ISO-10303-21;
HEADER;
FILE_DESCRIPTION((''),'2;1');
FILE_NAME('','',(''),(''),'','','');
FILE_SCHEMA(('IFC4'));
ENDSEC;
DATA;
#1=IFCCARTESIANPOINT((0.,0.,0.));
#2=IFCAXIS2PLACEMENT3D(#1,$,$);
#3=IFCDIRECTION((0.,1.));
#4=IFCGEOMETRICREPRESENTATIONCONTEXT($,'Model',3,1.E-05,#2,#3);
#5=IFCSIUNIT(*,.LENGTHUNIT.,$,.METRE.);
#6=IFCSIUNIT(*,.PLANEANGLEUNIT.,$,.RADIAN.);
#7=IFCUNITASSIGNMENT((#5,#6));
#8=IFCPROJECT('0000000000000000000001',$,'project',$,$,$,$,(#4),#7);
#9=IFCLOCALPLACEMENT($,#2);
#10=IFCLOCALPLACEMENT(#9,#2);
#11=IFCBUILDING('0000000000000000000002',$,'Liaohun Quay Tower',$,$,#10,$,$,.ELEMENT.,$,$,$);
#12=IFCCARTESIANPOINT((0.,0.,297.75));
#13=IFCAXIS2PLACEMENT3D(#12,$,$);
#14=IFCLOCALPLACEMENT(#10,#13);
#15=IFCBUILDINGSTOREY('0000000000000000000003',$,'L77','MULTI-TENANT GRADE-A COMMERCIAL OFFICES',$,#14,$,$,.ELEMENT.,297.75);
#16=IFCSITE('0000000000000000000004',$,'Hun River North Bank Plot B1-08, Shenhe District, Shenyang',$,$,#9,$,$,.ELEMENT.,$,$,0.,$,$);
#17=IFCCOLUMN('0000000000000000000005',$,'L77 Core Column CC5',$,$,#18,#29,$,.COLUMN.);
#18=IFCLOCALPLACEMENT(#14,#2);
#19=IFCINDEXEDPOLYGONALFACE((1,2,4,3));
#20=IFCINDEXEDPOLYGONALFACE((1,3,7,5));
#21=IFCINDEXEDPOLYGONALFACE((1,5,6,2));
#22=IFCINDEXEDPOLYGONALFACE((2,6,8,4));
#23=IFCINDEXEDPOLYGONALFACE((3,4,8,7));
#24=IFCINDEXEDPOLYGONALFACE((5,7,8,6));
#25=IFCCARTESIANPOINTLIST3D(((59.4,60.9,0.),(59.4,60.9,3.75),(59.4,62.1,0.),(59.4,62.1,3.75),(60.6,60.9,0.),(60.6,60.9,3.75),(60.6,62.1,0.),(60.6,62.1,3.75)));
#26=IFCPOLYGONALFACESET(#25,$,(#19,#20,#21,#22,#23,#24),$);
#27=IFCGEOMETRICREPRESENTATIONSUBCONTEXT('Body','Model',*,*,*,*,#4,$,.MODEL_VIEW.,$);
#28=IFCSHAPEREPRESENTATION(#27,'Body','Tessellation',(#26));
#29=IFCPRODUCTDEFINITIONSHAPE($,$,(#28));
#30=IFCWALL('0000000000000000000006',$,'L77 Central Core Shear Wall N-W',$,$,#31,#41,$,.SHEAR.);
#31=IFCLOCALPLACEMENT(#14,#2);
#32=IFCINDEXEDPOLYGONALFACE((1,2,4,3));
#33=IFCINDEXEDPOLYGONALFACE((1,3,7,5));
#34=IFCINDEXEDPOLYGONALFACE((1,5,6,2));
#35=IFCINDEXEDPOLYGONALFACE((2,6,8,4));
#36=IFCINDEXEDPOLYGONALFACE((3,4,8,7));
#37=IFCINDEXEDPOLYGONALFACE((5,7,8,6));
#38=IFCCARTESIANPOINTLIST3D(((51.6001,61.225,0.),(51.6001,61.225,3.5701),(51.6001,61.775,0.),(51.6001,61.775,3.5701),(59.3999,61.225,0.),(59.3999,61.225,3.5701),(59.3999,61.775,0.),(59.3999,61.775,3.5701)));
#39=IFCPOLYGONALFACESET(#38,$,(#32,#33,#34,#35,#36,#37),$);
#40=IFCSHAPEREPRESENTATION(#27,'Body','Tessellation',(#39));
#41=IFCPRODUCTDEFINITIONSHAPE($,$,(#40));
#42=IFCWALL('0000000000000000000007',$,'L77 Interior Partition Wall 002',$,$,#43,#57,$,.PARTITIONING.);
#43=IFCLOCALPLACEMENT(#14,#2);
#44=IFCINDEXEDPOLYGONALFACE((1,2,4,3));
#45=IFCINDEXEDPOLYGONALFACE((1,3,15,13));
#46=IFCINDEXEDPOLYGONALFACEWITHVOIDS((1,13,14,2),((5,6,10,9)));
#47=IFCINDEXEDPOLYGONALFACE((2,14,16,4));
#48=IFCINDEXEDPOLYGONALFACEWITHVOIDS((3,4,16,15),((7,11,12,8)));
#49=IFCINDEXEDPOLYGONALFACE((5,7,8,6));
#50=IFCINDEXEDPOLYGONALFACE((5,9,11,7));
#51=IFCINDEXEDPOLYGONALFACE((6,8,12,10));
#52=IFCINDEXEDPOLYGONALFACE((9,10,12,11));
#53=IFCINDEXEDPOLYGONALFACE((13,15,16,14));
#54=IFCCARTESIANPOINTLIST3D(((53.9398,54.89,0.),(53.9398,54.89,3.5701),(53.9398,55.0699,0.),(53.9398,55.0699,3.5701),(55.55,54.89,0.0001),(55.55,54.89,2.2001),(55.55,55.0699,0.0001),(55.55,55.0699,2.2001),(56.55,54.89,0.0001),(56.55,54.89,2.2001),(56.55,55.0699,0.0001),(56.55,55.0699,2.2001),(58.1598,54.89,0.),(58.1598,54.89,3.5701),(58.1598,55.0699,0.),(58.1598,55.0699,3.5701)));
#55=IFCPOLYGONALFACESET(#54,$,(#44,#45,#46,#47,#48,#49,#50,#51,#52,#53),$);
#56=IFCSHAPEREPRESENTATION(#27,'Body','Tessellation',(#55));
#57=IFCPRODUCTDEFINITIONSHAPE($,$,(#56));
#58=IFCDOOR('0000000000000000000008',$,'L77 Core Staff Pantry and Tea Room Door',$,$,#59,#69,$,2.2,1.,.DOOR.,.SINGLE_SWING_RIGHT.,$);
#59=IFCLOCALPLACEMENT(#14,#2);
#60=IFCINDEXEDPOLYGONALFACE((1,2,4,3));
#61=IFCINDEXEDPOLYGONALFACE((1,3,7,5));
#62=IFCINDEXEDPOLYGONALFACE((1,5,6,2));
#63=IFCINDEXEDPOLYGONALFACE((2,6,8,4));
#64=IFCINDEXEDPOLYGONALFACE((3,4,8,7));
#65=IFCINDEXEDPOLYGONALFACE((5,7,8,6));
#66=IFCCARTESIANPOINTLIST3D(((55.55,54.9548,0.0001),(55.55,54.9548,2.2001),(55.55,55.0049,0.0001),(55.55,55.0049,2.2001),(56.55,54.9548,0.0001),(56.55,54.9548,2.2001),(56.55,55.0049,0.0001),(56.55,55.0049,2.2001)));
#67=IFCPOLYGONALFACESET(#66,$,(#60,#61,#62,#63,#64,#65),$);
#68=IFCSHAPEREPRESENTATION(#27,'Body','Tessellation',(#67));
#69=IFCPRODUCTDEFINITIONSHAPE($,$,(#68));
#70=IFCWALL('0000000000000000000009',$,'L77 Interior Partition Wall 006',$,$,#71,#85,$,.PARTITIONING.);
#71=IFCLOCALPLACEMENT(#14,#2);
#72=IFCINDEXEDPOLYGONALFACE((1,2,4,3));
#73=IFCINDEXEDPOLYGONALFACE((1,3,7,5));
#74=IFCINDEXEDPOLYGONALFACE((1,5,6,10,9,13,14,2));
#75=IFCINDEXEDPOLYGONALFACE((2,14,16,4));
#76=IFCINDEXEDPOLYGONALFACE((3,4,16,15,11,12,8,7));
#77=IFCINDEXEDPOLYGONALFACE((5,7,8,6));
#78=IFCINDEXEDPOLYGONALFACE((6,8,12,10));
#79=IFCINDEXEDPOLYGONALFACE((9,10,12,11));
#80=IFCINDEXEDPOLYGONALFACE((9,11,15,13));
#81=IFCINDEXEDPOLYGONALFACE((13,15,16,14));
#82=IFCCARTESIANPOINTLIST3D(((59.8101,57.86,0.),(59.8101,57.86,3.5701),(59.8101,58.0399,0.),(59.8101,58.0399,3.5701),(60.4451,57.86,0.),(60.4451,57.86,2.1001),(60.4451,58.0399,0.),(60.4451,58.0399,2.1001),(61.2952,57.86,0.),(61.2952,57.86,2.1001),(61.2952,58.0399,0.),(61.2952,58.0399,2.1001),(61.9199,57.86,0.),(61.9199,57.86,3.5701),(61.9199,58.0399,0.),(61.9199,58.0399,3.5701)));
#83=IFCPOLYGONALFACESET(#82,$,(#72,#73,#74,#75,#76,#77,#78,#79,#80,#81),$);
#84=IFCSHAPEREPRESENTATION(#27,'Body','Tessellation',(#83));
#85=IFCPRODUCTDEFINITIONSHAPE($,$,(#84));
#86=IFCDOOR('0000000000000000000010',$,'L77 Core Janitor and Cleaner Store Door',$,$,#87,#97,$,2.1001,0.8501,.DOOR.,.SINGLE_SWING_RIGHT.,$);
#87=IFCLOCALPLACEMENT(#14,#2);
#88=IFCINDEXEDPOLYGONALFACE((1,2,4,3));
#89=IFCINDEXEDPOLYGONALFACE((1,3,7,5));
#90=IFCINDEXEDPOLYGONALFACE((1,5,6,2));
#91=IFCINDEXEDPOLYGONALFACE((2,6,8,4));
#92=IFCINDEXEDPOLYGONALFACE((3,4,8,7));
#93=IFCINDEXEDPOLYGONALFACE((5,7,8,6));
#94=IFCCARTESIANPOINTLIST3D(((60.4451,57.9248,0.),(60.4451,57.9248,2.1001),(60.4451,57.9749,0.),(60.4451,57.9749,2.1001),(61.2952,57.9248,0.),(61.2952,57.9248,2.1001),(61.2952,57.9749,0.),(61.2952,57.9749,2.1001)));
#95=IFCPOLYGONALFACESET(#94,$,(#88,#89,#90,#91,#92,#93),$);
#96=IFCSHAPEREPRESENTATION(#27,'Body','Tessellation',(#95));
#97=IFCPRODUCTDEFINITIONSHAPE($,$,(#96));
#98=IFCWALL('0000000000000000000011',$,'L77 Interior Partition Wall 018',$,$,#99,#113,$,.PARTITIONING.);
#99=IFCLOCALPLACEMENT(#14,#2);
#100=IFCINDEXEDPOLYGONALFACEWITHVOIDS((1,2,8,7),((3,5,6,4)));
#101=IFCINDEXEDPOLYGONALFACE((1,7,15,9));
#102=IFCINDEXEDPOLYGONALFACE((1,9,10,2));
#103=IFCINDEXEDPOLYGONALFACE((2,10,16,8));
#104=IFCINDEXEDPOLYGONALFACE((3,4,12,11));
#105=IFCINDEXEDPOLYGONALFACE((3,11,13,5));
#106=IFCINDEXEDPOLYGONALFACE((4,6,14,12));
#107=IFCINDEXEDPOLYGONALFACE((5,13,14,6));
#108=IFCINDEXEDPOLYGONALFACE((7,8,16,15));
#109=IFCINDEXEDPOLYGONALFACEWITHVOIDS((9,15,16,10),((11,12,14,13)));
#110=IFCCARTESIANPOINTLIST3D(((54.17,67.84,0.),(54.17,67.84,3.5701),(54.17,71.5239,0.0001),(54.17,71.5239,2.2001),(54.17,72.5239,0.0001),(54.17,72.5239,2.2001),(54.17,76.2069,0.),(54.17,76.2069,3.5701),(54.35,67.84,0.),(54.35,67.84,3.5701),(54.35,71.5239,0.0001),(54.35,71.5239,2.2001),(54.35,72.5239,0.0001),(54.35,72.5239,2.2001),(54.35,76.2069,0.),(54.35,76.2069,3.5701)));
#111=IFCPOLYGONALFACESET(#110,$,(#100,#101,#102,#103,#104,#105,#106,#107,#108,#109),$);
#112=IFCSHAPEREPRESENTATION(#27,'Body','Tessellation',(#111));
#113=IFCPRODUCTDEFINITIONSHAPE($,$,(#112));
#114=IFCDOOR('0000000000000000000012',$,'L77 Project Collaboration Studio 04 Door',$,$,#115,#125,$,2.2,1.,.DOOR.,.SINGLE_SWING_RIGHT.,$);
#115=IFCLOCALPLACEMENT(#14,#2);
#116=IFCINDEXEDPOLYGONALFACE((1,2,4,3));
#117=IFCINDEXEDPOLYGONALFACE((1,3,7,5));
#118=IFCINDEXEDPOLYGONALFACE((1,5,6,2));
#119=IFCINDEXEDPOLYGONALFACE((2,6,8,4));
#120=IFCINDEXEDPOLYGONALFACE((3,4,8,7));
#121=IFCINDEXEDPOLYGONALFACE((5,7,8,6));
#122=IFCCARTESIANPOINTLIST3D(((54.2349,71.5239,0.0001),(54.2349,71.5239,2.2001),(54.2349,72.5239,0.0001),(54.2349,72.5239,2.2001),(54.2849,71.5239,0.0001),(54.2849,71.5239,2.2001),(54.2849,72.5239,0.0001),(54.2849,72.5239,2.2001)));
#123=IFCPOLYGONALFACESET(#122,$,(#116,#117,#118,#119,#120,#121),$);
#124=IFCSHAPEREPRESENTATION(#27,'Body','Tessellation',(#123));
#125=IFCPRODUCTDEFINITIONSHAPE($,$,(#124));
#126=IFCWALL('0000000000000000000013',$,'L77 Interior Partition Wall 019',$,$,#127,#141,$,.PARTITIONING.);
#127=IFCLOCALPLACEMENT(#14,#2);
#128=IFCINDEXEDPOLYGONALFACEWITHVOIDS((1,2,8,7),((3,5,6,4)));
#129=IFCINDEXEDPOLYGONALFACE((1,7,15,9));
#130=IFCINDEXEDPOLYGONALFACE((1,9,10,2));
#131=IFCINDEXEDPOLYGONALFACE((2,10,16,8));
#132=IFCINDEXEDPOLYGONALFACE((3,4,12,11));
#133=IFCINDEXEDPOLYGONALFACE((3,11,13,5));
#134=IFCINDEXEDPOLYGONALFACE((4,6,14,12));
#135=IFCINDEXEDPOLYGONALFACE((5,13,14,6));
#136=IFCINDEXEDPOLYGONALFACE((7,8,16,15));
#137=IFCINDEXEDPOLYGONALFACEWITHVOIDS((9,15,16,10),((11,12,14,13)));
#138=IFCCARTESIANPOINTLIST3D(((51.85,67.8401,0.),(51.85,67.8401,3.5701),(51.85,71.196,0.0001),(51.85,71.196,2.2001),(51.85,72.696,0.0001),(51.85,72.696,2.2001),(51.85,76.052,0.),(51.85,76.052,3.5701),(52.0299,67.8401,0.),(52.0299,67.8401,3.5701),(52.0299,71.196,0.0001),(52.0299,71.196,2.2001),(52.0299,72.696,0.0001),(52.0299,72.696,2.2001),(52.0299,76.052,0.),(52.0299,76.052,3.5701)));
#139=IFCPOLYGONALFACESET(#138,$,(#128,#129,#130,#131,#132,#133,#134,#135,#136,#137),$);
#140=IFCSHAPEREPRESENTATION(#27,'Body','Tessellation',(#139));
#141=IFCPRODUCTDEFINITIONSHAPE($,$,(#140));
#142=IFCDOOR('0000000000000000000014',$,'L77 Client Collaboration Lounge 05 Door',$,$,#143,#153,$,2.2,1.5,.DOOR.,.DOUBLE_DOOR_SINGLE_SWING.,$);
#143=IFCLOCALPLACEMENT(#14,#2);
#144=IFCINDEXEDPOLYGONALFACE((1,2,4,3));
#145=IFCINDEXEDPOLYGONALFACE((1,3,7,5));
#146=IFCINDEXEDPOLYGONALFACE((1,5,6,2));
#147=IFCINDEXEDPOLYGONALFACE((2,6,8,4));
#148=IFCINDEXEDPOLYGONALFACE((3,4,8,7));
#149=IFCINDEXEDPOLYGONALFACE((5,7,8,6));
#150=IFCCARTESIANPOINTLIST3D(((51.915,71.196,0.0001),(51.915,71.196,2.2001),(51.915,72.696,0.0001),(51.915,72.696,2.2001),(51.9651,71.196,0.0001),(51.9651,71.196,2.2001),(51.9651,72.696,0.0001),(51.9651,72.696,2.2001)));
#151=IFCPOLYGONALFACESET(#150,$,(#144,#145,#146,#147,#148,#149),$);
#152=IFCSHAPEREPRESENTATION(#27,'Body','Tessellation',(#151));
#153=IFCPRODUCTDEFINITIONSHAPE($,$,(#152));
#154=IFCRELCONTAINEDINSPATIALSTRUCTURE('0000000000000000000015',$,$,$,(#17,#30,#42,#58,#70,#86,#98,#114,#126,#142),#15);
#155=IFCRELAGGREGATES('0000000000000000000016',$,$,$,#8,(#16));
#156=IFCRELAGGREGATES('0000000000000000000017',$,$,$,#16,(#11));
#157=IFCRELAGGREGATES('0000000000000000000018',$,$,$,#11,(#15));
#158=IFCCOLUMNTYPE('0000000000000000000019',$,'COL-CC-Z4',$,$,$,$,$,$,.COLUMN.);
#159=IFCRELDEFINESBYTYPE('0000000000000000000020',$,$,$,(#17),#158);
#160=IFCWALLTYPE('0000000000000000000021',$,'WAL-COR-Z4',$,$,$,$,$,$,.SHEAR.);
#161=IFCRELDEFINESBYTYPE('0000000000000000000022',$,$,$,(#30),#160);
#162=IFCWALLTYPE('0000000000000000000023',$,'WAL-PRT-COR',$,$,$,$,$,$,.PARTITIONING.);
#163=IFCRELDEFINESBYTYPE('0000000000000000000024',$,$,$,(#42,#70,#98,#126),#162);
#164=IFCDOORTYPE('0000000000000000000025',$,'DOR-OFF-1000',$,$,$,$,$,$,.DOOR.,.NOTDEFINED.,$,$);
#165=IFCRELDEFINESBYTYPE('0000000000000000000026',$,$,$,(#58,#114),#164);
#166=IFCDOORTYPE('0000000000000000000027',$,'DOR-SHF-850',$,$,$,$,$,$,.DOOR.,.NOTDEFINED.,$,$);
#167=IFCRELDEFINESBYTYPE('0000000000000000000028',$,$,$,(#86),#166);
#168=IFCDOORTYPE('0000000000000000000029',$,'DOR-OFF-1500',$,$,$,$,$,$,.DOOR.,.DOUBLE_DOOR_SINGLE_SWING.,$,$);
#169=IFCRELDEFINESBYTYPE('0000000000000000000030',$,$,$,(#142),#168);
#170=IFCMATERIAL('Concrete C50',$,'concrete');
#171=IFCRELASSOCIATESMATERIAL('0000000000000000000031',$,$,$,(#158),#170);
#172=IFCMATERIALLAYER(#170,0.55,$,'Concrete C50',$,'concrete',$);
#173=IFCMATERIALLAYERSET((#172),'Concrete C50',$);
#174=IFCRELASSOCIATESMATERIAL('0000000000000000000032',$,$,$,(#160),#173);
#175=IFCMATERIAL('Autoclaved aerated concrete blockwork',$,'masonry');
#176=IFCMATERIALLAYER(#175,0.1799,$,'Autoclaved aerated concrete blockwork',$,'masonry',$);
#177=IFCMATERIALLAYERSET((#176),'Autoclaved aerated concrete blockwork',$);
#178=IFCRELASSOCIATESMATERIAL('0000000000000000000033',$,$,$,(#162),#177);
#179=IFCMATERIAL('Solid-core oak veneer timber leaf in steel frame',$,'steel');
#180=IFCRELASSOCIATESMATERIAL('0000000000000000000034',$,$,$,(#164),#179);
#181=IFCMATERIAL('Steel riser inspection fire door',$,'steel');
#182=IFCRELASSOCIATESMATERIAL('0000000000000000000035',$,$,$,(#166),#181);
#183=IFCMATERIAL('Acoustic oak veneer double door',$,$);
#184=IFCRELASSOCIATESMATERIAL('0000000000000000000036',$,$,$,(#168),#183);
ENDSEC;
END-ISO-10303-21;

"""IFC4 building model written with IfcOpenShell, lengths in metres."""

from ifc_helpers import new_model, si_unit, direction, frame, frame_2d, origin, origin_2d, place, context, subcontext, project, spatial, rectangle, extrude, source, transform, mapped, material, layer, layer_set, material_profile, profile_set, type_object, element, fill, save


model = new_model("IFC4")

# Units and contexts
model_context = context("Model", 3, precision=1e-05, world=origin(), true_north=direction((0.0, 1.0)))
body_context = subcontext(model_context, "Body", "Model", "MODEL_VIEW")
ifc_project = project(units=[si_unit("LENGTHUNIT", "METRE"), si_unit("PLANEANGLEUNIT", "RADIAN")], contexts=[model_context])

# Site, building, storey
site_placement = place(None, origin())
site = spatial("IfcSite", under=ifc_project, at=site_placement, Name="Hun River North Bank Plot B1-08, Shenhe District, Shenyang", CompositionType="ELEMENT", RefElevation=0.0)
building_placement = place(site_placement, origin())
building = spatial("IfcBuilding", under=site, at=building_placement, Name="Liaohun Quay Tower", CompositionType="ELEMENT")
storey_placement = place(building_placement, frame((0.0, 0.0, 297.75)))
storey = spatial("IfcBuildingStorey", under=building, at=storey_placement, Name="L77", Description="MULTI-TENANT GRADE-A COMMERCIAL OFFICES", CompositionType="ELEMENT", Elevation=297.75)

# Column
ifc_material_1 = material(Name="Concrete C50", Category="concrete")
ifc_material_profile = material_profile(ifc_material_1, rectangle(XDim=1.2, YDim=1.2, at=origin_2d()), Name="RC1200x1200")
ifc_profile_set = profile_set([ifc_material_profile], Name="Concrete C50")
column_type = type_object("IfcColumnType", Name="COL-CC-Z4", PredefinedType="COLUMN", material=ifc_profile_set)
shared_shape_1 = source(origin(), body_context, "Body", "SweptSolid", [
    extrude(rectangle(XDim=1.2, YDim=1.2, at=origin_2d()), origin(), (0.0, 0.0, 1.0), 3.75),
])
column_placement = place(storey_placement, frame((60.0, 61.5, 0.0), z_axis=(0.0, 0.0, 1.0), x_axis=(1.0, 0.0, 0.0)))
element("IfcColumn", 1, at=column_placement, inside=storey, type_object=column_type, Name="L77 Core Column CC5", PredefinedType="COLUMN", context=body_context, shape_type="MappedRepresentation", body=[
    mapped(shared_shape_1, transform((0.0, 0.0, 0.0), x_axis=(1.0, 0.0, 0.0), y_axis=(0.0, 1.0, 0.0), z_axis=(0.0, 0.0, 1.0), scale=1.0)),
])

# Wall
ifc_layer_1 = layer(ifc_material_1, 0.55, Name="Concrete C50", Category="concrete")
ifc_layer_set_1 = layer_set([ifc_layer_1], Name="Concrete C50")
wall_type_1 = type_object("IfcWallType", Name="WAL-COR-Z4", PredefinedType="SHEAR", material=ifc_layer_set_1)
wall_1_placement = place(storey_placement, frame((51.6001, 61.5, 0.0), z_axis=(0.0, 0.0, 1.0), x_axis=(1.0, 0.0, 0.0)))
element("IfcWall", 2, at=wall_1_placement, inside=storey, type_object=wall_type_1, Name="L77 Central Core Shear Wall N-W", PredefinedType="SHEAR", context=body_context, shape_type="SweptSolid", body=[
    extrude(rectangle(XDim=7.7998, YDim=0.55, at=frame_2d((3.8999, 0.0))), origin(), (0.0, 0.0, 1.0), 3.5701),
])

# Walls, openings, doors
ifc_material_2 = material(Name="Autoclaved aerated concrete blockwork", Category="masonry")
ifc_layer_2 = layer(ifc_material_2, 0.1799, Name="Autoclaved aerated concrete blockwork", Category="masonry")
ifc_layer_set_2 = layer_set([ifc_layer_2], Name="Autoclaved aerated concrete blockwork")
wall_type_2 = type_object("IfcWallType", Name="WAL-PRT-COR", PredefinedType="PARTITIONING", material=ifc_layer_set_2)
wall_2_placement = place(storey_placement, frame((53.9399, 54.98, 0.0), z_axis=(0.0, 0.0, 1.0), x_axis=(1.0, 0.0, 0.0)))
wall_2 = element("IfcWall", 3, at=wall_2_placement, inside=storey, type_object=wall_type_2, Name="L77 Interior Partition Wall 002", PredefinedType="PARTITIONING", context=body_context, shape_type="SweptSolid", body=[
    extrude(rectangle(XDim=4.22, YDim=0.1799, at=frame_2d((2.1099, 0.0))), origin(), (0.0, 0.0, 1.0), 3.5701),
])
shared_shape_2 = source(origin(), body_context, "Body", "SweptSolid", [
    extrude(rectangle(XDim=1.0, YDim=2.2, at=frame_2d((0.5, 1.1001))), frame((0.0, 0.0999, 0.0), z_axis=(0.0, -1.0, 0.0), x_axis=(1.0, 0.0, 0.0)), (0.0, 0.0, 1.0), 0.2),
])
opening_1_placement = place(wall_2_placement, frame((1.6101, 0.0, 0.0)))
opening_1 = element("IfcOpeningElement", 4, at=opening_1_placement, cuts=wall_2, PredefinedType="OPENING", context=body_context, shape_type="MappedRepresentation", body=[
    mapped(shared_shape_2, transform((0.0, 0.0, 0.0), x_axis=(1.0, 0.0, 0.0), y_axis=(0.0, 1.0, 0.0), z_axis=(0.0, 0.0, 1.0), scale=1.0)),
])
ifc_material_3 = material(Name="Solid-core oak veneer timber leaf in steel frame", Category="steel")
door_type_1 = type_object("IfcDoorType", Name="DOR-OFF-1000", OperationType="NOTDEFINED", PredefinedType="DOOR", material=ifc_material_3)
shared_shape_3 = source(origin(), body_context, "Body", "SweptSolid", [
    extrude(rectangle(XDim=1.0, YDim=2.2, at=frame_2d((0.5, 1.1001))), frame((0.0, 0.0249, 0.0), z_axis=(0.0, -1.0, 0.0), x_axis=(1.0, 0.0, 0.0)), (0.0, 0.0, 1.0), 0.05),
])
door_1_placement = place(opening_1_placement, origin())
door_1 = element("IfcDoor", 5, at=door_1_placement, inside=storey, type_object=door_type_1, Name="L77 Core Staff Pantry and Tea Room Door", OperationType="SINGLE_SWING_RIGHT", OverallHeight=2.2, OverallWidth=1.0, PredefinedType="DOOR", context=body_context, shape_type="MappedRepresentation", body=[
    mapped(shared_shape_3, transform((0.0, 0.0, 0.0), x_axis=(1.0, 0.0, 0.0), y_axis=(0.0, 1.0, 0.0), z_axis=(0.0, 0.0, 1.0), scale=1.0)),
])
fill(opening_1, door_1)
wall_3_placement = place(storey_placement, frame((59.8101, 57.95, 0.0), z_axis=(0.0, 0.0, 1.0), x_axis=(1.0, 0.0, 0.0)))
wall_3 = element("IfcWall", 6, at=wall_3_placement, inside=storey, type_object=wall_type_2, Name="L77 Interior Partition Wall 006", PredefinedType="PARTITIONING", context=body_context, shape_type="SweptSolid", body=[
    extrude(rectangle(XDim=2.1099, YDim=0.1799, at=frame_2d((1.0549, 0.0))), origin(), (0.0, 0.0, 1.0), 3.5701),
])
shared_shape_4 = source(origin(), body_context, "Body", "SweptSolid", [
    extrude(rectangle(XDim=0.8501, YDim=2.1001, at=frame_2d((0.425, 1.05))), frame((0.0, 0.0999, 0.0), z_axis=(0.0, -1.0, 0.0), x_axis=(1.0, 0.0, 0.0)), (0.0, 0.0, 1.0), 0.2),
])
opening_2_placement = place(wall_3_placement, frame((0.635, 0.0, 0.0)))
opening_2 = element("IfcOpeningElement", 7, at=opening_2_placement, cuts=wall_3, PredefinedType="OPENING", context=body_context, shape_type="MappedRepresentation", body=[
    mapped(shared_shape_4, transform((0.0, 0.0, 0.0), x_axis=(1.0, 0.0, 0.0), y_axis=(0.0, 1.0, 0.0), z_axis=(0.0, 0.0, 1.0), scale=1.0)),
])
ifc_material_4 = material(Name="Steel riser inspection fire door", Category="steel")
door_type_2 = type_object("IfcDoorType", Name="DOR-SHF-850", OperationType="NOTDEFINED", PredefinedType="DOOR", material=ifc_material_4)
shared_shape_5 = source(origin(), body_context, "Body", "SweptSolid", [
    extrude(rectangle(XDim=0.8501, YDim=2.1001, at=frame_2d((0.425, 1.05))), frame((0.0, 0.0249, 0.0), z_axis=(0.0, -1.0, 0.0), x_axis=(1.0, 0.0, 0.0)), (0.0, 0.0, 1.0), 0.05),
])
door_2_placement = place(opening_2_placement, origin())
door_2 = element("IfcDoor", 8, at=door_2_placement, inside=storey, type_object=door_type_2, Name="L77 Core Janitor and Cleaner Store Door", OperationType="SINGLE_SWING_RIGHT", OverallHeight=2.1001, OverallWidth=0.8501, PredefinedType="DOOR", context=body_context, shape_type="MappedRepresentation", body=[
    mapped(shared_shape_5, transform((0.0, 0.0, 0.0), x_axis=(1.0, 0.0, 0.0), y_axis=(0.0, 1.0, 0.0), z_axis=(0.0, 0.0, 1.0), scale=1.0)),
])
fill(opening_2, door_2)
wall_4_placement = place(storey_placement, frame((54.26, 76.207, 0.0), z_axis=(0.0, 0.0, 1.0), x_axis=(0.0, -1.0, 0.0)))
wall_4 = element("IfcWall", 9, at=wall_4_placement, inside=storey, type_object=wall_type_2, Name="L77 Interior Partition Wall 018", PredefinedType="PARTITIONING", context=body_context, shape_type="SweptSolid", body=[
    extrude(rectangle(XDim=8.3669, YDim=0.1799, at=frame_2d((4.1836, 0.0))), origin(), (0.0, 0.0, 1.0), 3.5701),
])
opening_3_placement = place(wall_4_placement, frame((3.6831, 0.0, 0.0)))
opening_3 = element("IfcOpeningElement", 10, at=opening_3_placement, cuts=wall_4, PredefinedType="OPENING", context=body_context, shape_type="MappedRepresentation", body=[
    mapped(shared_shape_2, transform((0.0, 0.0, 0.0), x_axis=(1.0, 0.0, 0.0), y_axis=(0.0, 1.0, 0.0), z_axis=(0.0, 0.0, 1.0), scale=1.0)),
])
door_3_placement = place(opening_3_placement, origin())
door_3 = element("IfcDoor", 11, at=door_3_placement, inside=storey, type_object=door_type_1, Name="L77 Project Collaboration Studio 04 Door", OperationType="SINGLE_SWING_RIGHT", OverallHeight=2.2, OverallWidth=1.0, PredefinedType="DOOR", context=body_context, shape_type="MappedRepresentation", body=[
    mapped(shared_shape_3, transform((0.0, 0.0, 0.0), x_axis=(1.0, 0.0, 0.0), y_axis=(0.0, 1.0, 0.0), z_axis=(0.0, 0.0, 1.0), scale=1.0)),
])
fill(opening_3, door_3)
wall_5_placement = place(storey_placement, frame((51.9399, 67.8401, 0.0), z_axis=(0.0, 0.0, 1.0), x_axis=(0.0, 1.0, 0.0)))
wall_5 = element("IfcWall", 12, at=wall_5_placement, inside=storey, type_object=wall_type_2, Name="L77 Interior Partition Wall 019", PredefinedType="PARTITIONING", context=body_context, shape_type="SweptSolid", body=[
    extrude(rectangle(XDim=8.2119, YDim=0.1799, at=frame_2d((4.106, 0.0))), origin(), (0.0, 0.0, 1.0), 3.5701),
])
shared_shape_6 = source(origin(), body_context, "Body", "SweptSolid", [
    extrude(rectangle(XDim=1.5, YDim=2.2, at=frame_2d((0.75, 1.1001))), frame((0.0, 0.0999, 0.0), z_axis=(0.0, -1.0, 0.0), x_axis=(1.0, 0.0, 0.0)), (0.0, 0.0, 1.0), 0.2),
])
opening_4_placement = place(wall_5_placement, frame((3.356, 0.0, 0.0)))
opening_4 = element("IfcOpeningElement", 13, at=opening_4_placement, cuts=wall_5, PredefinedType="OPENING", context=body_context, shape_type="MappedRepresentation", body=[
    mapped(shared_shape_6, transform((0.0, 0.0, 0.0), x_axis=(1.0, 0.0, 0.0), y_axis=(0.0, 1.0, 0.0), z_axis=(0.0, 0.0, 1.0), scale=1.0)),
])
ifc_material_5 = material(Name="Acoustic oak veneer double door")
door_type_3 = type_object("IfcDoorType", Name="DOR-OFF-1500", OperationType="DOUBLE_DOOR_SINGLE_SWING", PredefinedType="DOOR", material=ifc_material_5)
shared_shape_7 = source(origin(), body_context, "Body", "SweptSolid", [
    extrude(rectangle(XDim=1.5, YDim=2.2, at=frame_2d((0.75, 1.1001))), frame((0.0, 0.0249, 0.0), z_axis=(0.0, -1.0, 0.0), x_axis=(1.0, 0.0, 0.0)), (0.0, 0.0, 1.0), 0.05),
])
door_4_placement = place(opening_4_placement, origin())
door_4 = element("IfcDoor", 14, at=door_4_placement, inside=storey, type_object=door_type_3, Name="L77 Client Collaboration Lounge 05 Door", OperationType="DOUBLE_DOOR_SINGLE_SWING", OverallHeight=2.2, OverallWidth=1.5, PredefinedType="DOOR", context=body_context, shape_type="MappedRepresentation", body=[
    mapped(shared_shape_7, transform((0.0, 0.0, 0.0), x_axis=(1.0, 0.0, 0.0), y_axis=(0.0, 1.0, 0.0), z_axis=(0.0, 0.0, 1.0), scale=1.0)),
])
fill(opening_4, door_4)

save(model, "model.ifc")
